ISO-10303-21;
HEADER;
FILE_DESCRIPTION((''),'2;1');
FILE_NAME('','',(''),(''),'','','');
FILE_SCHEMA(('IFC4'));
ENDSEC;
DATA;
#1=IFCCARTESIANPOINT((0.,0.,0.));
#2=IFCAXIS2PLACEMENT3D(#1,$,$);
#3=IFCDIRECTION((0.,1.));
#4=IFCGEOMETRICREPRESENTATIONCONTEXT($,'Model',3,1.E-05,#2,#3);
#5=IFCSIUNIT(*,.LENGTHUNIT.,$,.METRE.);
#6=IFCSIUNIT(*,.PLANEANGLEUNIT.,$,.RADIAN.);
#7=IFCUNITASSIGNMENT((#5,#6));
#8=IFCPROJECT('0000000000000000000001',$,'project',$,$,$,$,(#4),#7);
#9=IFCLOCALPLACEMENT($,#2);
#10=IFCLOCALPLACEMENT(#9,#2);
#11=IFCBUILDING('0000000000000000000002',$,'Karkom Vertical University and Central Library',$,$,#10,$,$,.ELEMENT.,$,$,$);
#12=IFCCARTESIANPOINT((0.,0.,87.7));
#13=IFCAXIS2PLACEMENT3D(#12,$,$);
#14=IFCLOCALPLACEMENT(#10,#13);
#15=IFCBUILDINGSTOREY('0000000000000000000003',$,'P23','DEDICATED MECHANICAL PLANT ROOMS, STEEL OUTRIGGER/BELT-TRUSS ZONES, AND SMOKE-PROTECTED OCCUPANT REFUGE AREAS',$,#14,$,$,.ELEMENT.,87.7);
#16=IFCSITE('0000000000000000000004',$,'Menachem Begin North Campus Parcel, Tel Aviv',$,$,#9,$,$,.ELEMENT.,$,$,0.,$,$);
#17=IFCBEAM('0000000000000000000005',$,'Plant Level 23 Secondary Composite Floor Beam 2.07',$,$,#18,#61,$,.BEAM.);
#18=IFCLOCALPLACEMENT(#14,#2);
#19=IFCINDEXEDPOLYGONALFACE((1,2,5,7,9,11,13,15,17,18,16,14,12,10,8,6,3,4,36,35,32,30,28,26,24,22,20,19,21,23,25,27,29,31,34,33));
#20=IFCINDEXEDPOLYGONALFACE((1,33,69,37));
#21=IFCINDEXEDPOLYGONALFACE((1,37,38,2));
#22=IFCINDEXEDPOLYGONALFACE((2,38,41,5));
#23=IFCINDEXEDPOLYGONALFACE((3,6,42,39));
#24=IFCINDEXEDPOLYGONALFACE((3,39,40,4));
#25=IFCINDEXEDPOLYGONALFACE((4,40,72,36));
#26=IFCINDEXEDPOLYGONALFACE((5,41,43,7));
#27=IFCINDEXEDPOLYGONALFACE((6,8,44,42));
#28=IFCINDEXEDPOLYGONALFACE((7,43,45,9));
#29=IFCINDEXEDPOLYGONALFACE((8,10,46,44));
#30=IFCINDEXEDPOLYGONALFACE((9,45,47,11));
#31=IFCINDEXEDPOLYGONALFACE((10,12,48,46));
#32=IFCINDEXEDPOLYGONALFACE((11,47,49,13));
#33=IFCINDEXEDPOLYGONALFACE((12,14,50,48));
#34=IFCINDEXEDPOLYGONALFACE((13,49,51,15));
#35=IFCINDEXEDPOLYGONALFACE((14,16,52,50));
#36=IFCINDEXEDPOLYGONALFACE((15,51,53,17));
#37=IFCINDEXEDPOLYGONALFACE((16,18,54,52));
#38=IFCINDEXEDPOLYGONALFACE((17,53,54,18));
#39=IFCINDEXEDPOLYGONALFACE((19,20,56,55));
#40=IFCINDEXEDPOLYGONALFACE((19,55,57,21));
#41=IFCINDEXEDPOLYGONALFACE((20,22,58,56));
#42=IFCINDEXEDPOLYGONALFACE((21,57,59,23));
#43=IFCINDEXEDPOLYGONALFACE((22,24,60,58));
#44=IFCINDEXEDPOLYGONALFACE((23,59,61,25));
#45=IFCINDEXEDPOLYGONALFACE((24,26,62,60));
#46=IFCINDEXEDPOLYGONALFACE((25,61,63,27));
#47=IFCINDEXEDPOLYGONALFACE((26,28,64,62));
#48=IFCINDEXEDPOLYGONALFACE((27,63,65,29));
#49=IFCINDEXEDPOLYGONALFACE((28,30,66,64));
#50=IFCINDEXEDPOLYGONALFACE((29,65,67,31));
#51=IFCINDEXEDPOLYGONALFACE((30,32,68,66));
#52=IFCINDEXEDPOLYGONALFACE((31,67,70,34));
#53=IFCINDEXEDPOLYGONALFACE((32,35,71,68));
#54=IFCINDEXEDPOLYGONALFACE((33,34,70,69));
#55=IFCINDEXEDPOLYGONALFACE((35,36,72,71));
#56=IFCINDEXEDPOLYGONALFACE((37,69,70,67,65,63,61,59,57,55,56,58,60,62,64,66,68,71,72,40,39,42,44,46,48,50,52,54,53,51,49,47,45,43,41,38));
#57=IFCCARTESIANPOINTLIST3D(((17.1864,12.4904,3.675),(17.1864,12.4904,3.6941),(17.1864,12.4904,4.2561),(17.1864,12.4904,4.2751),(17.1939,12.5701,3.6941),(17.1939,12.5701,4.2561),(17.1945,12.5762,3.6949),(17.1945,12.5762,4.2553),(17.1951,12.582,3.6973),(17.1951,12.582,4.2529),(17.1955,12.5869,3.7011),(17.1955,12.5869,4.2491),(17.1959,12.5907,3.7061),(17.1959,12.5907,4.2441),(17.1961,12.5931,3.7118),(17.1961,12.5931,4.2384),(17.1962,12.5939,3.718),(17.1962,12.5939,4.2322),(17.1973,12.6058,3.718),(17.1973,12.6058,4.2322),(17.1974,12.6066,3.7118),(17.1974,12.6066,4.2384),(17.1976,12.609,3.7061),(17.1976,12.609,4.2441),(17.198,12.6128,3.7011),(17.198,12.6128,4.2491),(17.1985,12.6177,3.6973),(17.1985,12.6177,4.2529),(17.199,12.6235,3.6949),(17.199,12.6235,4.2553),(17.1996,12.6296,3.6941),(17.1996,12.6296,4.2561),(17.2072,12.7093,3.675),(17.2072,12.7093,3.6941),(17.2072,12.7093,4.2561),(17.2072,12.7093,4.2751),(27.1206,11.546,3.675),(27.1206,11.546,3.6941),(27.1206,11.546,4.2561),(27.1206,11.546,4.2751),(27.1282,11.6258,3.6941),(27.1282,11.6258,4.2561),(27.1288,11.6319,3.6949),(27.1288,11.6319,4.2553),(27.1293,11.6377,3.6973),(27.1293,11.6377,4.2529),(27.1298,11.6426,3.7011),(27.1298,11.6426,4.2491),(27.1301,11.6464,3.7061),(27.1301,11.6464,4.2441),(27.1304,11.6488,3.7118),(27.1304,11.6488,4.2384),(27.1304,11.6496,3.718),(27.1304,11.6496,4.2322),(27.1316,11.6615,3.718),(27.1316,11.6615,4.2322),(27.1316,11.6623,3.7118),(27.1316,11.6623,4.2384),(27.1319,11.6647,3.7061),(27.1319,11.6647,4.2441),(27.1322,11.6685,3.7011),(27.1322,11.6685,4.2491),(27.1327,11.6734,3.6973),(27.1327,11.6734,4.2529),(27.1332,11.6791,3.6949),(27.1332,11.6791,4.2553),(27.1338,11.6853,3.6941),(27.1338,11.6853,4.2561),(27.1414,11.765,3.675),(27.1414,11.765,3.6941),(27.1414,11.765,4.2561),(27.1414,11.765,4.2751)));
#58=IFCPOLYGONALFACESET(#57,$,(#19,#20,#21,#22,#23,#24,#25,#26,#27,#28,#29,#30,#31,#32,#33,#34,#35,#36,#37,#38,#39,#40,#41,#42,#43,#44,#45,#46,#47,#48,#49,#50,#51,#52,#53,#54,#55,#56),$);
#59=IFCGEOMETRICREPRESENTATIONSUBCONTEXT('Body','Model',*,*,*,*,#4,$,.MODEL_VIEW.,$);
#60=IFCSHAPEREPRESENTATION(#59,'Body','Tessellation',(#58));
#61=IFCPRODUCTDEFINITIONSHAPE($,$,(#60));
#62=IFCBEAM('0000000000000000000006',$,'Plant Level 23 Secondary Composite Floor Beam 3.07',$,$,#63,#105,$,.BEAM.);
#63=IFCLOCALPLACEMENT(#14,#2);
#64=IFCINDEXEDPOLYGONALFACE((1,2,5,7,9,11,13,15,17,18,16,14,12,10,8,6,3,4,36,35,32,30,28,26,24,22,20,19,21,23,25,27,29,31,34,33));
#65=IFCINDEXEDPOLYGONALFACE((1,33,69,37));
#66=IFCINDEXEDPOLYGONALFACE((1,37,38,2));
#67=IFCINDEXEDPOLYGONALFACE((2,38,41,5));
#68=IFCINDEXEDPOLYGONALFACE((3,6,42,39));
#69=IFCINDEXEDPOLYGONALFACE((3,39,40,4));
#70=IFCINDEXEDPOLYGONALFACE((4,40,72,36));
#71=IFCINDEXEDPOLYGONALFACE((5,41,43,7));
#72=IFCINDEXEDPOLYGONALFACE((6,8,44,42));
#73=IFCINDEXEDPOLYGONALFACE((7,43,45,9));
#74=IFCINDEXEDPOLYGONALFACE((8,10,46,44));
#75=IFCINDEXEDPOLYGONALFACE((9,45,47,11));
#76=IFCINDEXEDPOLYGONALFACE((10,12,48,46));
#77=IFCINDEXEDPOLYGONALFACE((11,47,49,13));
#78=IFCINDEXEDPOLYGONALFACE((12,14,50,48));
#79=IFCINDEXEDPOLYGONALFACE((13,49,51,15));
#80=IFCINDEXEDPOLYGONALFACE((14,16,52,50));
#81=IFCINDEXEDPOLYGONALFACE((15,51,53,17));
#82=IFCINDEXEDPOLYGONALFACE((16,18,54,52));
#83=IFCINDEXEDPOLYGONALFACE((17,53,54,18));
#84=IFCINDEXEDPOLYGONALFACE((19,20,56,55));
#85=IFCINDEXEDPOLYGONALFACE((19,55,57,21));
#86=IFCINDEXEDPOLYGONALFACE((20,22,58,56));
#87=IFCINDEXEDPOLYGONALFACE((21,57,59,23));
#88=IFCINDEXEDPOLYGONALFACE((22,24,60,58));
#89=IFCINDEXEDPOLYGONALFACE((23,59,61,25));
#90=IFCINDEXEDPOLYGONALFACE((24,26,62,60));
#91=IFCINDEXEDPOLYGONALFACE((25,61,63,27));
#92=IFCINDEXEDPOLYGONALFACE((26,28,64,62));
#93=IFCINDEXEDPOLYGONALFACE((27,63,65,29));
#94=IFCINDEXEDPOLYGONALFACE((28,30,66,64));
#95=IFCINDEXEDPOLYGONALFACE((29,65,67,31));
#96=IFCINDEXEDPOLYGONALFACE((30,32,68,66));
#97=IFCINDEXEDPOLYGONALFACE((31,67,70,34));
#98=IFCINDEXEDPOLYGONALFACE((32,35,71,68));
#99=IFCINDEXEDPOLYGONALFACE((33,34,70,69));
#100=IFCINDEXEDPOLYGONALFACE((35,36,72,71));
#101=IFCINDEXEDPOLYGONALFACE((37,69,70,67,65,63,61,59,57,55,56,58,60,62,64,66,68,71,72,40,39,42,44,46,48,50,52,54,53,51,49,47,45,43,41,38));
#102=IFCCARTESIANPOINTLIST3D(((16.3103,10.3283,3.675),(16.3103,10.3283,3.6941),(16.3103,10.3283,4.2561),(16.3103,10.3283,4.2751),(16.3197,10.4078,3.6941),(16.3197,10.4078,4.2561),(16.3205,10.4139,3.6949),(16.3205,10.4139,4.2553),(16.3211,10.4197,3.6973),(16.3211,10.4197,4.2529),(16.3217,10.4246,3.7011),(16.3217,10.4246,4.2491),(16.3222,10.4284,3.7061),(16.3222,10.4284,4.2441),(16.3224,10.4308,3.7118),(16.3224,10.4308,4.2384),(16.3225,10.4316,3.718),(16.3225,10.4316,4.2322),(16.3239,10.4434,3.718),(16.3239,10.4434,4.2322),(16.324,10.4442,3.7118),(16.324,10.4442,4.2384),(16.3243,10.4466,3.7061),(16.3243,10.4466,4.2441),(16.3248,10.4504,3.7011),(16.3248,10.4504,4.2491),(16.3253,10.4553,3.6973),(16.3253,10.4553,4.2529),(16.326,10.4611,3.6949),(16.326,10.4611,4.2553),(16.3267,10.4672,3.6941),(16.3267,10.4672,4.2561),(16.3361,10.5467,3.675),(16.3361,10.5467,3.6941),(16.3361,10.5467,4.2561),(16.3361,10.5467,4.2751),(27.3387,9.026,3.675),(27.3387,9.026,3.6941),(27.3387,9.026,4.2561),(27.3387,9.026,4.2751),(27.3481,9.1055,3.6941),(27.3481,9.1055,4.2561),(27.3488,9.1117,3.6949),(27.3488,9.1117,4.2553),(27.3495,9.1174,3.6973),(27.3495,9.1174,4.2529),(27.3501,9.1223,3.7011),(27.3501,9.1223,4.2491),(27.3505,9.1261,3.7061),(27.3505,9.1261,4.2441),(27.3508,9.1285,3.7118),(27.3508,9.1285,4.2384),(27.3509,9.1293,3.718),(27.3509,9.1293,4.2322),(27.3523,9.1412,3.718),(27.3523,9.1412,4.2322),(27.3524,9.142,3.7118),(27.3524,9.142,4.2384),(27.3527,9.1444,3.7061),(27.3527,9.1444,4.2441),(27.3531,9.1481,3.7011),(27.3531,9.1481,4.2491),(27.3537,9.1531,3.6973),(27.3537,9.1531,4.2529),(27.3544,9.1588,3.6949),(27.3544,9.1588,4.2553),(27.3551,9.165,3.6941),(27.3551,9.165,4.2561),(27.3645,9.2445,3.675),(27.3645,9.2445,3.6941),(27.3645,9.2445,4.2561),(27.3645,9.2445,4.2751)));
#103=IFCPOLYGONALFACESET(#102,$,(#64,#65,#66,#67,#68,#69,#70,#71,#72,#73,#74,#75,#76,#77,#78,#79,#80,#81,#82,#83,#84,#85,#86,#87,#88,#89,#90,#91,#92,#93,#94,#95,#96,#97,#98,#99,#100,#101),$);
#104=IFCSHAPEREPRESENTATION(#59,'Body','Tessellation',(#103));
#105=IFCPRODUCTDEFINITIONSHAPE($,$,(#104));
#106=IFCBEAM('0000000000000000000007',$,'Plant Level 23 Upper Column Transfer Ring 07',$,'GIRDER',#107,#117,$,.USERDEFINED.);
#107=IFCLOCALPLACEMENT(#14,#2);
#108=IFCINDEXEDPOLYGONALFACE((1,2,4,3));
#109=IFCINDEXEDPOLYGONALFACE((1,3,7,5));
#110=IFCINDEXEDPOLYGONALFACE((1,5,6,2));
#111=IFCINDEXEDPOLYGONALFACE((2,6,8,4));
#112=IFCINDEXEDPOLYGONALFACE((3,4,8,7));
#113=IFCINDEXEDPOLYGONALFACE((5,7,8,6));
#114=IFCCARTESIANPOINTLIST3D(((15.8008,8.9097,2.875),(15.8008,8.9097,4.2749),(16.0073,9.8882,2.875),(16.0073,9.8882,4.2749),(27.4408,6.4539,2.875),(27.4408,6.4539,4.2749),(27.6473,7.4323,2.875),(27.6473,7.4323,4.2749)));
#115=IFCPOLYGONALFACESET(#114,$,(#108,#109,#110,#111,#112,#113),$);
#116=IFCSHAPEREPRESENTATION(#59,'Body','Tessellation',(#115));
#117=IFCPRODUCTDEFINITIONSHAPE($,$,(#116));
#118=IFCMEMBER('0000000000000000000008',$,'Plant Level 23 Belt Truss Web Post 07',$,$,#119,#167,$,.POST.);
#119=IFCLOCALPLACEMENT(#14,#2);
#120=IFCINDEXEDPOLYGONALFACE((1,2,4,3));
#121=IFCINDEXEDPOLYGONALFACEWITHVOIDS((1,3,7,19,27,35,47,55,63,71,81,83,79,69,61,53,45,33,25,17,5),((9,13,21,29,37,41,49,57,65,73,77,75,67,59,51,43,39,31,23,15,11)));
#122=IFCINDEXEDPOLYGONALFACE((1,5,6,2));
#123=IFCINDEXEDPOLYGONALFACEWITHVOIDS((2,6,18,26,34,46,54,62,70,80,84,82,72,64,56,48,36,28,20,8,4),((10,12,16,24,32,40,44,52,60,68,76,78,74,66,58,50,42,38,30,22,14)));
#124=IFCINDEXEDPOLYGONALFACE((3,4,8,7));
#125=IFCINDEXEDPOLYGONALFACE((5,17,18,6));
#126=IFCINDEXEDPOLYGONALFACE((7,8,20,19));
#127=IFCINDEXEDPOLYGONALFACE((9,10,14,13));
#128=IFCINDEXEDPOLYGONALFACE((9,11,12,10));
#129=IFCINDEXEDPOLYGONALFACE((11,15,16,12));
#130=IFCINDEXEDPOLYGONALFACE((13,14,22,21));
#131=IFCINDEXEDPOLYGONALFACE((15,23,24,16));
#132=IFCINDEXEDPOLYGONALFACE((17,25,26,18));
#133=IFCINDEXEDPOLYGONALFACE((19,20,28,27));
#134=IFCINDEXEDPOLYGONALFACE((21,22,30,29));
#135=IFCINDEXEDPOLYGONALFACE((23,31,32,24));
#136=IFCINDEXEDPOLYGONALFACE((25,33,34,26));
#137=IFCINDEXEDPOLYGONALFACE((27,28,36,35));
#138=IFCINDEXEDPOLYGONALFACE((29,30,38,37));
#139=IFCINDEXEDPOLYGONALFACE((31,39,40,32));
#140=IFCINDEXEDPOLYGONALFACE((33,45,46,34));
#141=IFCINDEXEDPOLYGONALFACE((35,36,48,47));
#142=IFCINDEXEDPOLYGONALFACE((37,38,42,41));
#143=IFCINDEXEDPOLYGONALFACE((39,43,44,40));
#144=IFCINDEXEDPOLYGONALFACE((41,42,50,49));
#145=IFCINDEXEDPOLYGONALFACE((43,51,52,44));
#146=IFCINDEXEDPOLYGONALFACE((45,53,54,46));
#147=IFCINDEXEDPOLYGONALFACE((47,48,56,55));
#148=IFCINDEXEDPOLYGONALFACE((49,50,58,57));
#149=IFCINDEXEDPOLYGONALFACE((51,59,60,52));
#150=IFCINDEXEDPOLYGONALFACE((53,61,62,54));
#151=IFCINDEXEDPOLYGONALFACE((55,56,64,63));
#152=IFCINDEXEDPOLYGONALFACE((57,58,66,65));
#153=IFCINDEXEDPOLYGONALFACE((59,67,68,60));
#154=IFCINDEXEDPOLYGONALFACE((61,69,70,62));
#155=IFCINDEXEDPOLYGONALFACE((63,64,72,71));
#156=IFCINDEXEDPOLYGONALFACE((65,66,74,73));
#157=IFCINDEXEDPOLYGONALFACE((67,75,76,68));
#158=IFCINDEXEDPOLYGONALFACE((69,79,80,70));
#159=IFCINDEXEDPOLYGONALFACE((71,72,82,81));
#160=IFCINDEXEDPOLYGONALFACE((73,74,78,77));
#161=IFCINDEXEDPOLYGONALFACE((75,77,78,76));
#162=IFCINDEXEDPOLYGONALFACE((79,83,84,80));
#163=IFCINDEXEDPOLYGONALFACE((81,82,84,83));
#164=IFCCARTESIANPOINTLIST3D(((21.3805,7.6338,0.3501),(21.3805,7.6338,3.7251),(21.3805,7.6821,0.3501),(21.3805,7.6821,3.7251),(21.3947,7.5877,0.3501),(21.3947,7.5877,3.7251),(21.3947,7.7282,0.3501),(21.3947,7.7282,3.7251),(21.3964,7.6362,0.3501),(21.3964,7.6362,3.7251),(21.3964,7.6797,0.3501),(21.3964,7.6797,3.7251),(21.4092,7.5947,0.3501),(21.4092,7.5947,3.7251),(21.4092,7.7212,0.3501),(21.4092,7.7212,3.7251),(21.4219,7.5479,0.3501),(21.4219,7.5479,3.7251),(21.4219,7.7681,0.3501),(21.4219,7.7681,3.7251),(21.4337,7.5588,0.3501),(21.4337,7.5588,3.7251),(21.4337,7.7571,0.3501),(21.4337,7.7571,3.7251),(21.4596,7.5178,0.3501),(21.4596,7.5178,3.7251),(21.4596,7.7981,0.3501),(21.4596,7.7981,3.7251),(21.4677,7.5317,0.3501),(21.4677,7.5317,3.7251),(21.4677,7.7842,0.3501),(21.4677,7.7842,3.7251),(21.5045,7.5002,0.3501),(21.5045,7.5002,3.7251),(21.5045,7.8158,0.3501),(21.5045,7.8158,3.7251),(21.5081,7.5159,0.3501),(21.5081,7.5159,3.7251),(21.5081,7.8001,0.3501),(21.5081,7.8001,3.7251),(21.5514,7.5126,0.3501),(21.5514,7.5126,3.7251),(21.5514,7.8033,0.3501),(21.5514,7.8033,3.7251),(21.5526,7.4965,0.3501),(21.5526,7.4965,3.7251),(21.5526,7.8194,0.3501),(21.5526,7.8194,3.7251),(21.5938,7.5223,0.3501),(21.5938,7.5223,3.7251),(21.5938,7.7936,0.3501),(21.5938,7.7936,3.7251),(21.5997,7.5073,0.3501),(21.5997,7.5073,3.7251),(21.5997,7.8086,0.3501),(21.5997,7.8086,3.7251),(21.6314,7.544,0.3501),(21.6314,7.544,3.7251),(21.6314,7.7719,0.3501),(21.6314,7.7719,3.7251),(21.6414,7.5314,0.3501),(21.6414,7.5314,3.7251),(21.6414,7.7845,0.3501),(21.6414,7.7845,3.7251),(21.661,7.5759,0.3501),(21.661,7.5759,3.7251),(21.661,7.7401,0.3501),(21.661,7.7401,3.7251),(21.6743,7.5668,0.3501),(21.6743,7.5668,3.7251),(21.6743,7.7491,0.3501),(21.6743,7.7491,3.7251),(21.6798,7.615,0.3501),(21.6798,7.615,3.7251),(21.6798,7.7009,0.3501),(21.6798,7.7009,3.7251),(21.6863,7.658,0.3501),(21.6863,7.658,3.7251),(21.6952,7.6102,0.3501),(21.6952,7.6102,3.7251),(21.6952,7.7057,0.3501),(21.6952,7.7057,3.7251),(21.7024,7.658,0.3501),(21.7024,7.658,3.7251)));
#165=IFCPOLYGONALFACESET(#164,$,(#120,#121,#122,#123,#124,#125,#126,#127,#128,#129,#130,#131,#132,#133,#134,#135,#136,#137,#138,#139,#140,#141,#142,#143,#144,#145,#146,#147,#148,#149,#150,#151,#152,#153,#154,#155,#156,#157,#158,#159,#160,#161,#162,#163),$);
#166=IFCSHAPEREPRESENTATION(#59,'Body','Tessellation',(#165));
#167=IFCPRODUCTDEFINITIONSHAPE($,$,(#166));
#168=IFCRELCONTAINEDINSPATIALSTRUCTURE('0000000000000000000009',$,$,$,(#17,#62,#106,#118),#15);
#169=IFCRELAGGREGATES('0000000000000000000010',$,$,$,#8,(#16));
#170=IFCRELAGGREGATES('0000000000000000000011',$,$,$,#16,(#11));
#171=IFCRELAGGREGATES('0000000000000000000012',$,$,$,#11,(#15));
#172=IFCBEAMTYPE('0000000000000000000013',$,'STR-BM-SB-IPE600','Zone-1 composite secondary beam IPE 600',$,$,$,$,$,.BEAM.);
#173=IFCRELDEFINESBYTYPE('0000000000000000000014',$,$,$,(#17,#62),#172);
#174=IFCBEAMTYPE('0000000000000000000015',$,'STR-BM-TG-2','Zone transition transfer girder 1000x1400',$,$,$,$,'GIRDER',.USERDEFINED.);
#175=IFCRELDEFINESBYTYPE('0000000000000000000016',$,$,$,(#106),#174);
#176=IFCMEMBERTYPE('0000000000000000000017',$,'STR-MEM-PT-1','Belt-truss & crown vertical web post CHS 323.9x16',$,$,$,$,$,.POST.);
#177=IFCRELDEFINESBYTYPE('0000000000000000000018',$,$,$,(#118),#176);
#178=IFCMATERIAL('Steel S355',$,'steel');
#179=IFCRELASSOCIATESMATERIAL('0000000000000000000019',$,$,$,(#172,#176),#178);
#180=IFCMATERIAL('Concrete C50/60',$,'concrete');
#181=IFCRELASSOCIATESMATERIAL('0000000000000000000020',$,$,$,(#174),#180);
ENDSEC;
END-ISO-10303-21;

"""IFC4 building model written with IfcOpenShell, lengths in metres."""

from ifc_helpers import new_model, si_unit, direction, frame, origin, origin_with_axes, origin_2d, place, context, subcontext, project, spatial, rectangle, hollow_circle, i_section, extrude, source, transform, mapped, material, material_profile, profile_set, type_object, element, save


model = new_model("IFC4")

# Units and contexts
model_context = context("Model", 3, precision=1e-05, world=origin(), true_north=direction((0.0, 1.0)))
body_context = subcontext(model_context, "Body", "Model", "MODEL_VIEW")
ifc_project = project(units=[si_unit("LENGTHUNIT", "METRE"), si_unit("PLANEANGLEUNIT", "RADIAN")], contexts=[model_context])

# Site, building, storey
site_placement = place(None, origin())
site = spatial("IfcSite", under=ifc_project, at=site_placement, Name="Menachem Begin North Campus Parcel, Tel Aviv", CompositionType="ELEMENT", RefElevation=0.0)
building_placement = place(site_placement, origin())
building = spatial("IfcBuilding", under=site, at=building_placement, Name="Karkom Vertical University and Central Library", CompositionType="ELEMENT")
storey_placement = place(building_placement, frame((0.0, 0.0, 87.7)))
storey = spatial("IfcBuildingStorey", under=building, at=storey_placement, Name="P23", Description="DEDICATED MECHANICAL PLANT ROOMS, STEEL OUTRIGGER/BELT-TRUSS ZONES, AND SMOKE-PROTECTED OCCUPANT REFUGE AREAS", CompositionType="ELEMENT", Elevation=87.7)

# Shared definitions
ifc_material_1 = material(Name="Concrete C50/60", Category="concrete")

# Beams
ifc_material_2 = material(Name="Steel S355", Category="steel")
ifc_material_profile_1 = material_profile(ifc_material_2, i_section(OverallWidth=0.22, OverallDepth=0.6001, WebThickness=0.012, FlangeThickness=0.019, FilletRadius=0.0239, at=origin_2d()), Name="IPE 600")
ifc_profile_set_1 = profile_set([ifc_material_profile_1], Name="Steel S355")
beam_type_1 = type_object("IfcBeamType", Name="STR-BM-SB-IPE600", Description="Zone-1 composite secondary beam IPE 600", PredefinedType="BEAM", material=ifc_profile_set_1)
shared_shape_1 = source(origin_with_axes(), body_context, "Body", "SweptSolid", [
    extrude(i_section(OverallWidth=0.22, OverallDepth=0.6001, WebThickness=0.012, FlangeThickness=0.019, FilletRadius=0.0239, at=origin_2d()), origin(), (0.0, 0.0, 1.0), 9.979),
])
beam_1_placement = place(storey_placement, frame((17.1968, 12.5999, 3.9751), z_axis=(0.995512, -0.094631, 0.0), x_axis=(0.094631, 0.995512, 0.0)))
element("IfcBeam", 1, at=beam_1_placement, inside=storey, type_object=beam_type_1, Name="Plant Level 23 Secondary Composite Floor Beam 2.07", PredefinedType="BEAM", context=body_context, shape_type="MappedRepresentation", body=[
    mapped(shared_shape_1, transform((0.0, 0.0, 0.0), scale=1.0)),
])
shared_shape_2 = source(origin_with_axes(), body_context, "Body", "SweptSolid", [
    extrude(i_section(OverallWidth=0.22, OverallDepth=0.6001, WebThickness=0.012, FlangeThickness=0.019, FilletRadius=0.0239, at=origin_2d()), origin(), (0.0, 0.0, 1.0), 11.105),
])
beam_2_placement = place(storey_placement, frame((16.3232, 10.4375, 3.9751), z_axis=(0.9931, -0.117267, 0.0), x_axis=(0.117267, 0.9931, 0.0)))
element("IfcBeam", 2, at=beam_2_placement, inside=storey, type_object=beam_type_1, Name="Plant Level 23 Secondary Composite Floor Beam 3.07", PredefinedType="BEAM", context=body_context, shape_type="MappedRepresentation", body=[
    mapped(shared_shape_2, transform((0.0, 0.0, 0.0), scale=1.0)),
])
ifc_material_profile_2 = material_profile(ifc_material_1, rectangle(XDim=1.0, YDim=1.3999, at=origin_2d()), Name="TG-1000x1400")
ifc_profile_set_2 = profile_set([ifc_material_profile_2], Name="Concrete C50/60")
beam_type_2 = type_object("IfcBeamType", Name="STR-BM-TG-2", Description="Zone transition transfer girder 1000x1400", ElementType="GIRDER", PredefinedType="USERDEFINED", material=ifc_profile_set_2)
shared_shape_3 = source(origin_with_axes(), body_context, "Body", "SweptSolid", [
    extrude(rectangle(XDim=1.0, YDim=1.3999, at=origin_2d()), origin(), (0.0, 0.0, 1.0), 11.8962),
])
beam_3_placement = place(storey_placement, frame((15.9041, 9.3989, 3.575), z_axis=(0.97846, -0.206438, 0.0), x_axis=(0.206438, 0.97846, 0.0)))
element("IfcBeam", 3, at=beam_3_placement, inside=storey, type_object=beam_type_2, Name="Plant Level 23 Upper Column Transfer Ring 07", ObjectType="GIRDER", PredefinedType="USERDEFINED", context=body_context, shape_type="MappedRepresentation", body=[
    mapped(shared_shape_3, transform((0.0, 0.0, 0.0), scale=1.0)),
])

# Member
ifc_material_profile_3 = material_profile(ifc_material_2, hollow_circle(Radius=0.1619, WallThickness=0.0161, at=origin_2d()), Name="CHS 323.9x16")
ifc_profile_set_3 = profile_set([ifc_material_profile_3], Name="Steel S355")
member_type_1 = type_object("IfcMemberType", Name="STR-MEM-PT-1", Description="Belt-truss & crown vertical web post CHS 323.9x16", PredefinedType="POST", material=ifc_profile_set_3)
shared_shape_4 = source(origin_with_axes(), body_context, "Body", "SweptSolid", [
    extrude(hollow_circle(Radius=0.1619, WallThickness=0.0161, at=origin_2d()), origin(), (0.0, 0.0, 1.0), 3.375),
])
member_1_placement = place(storey_placement, frame((21.5405, 7.658, 0.3501), z_axis=(0.0, 0.0, 1.0), x_axis=(1.0, 0.0, 0.0)))
element("IfcMember", 4, at=member_1_placement, inside=storey, type_object=member_type_1, Name="Plant Level 23 Belt Truss Web Post 07", PredefinedType="POST", context=body_context, shape_type="MappedRepresentation", body=[
    mapped(shared_shape_4, transform((0.0, 0.0, 0.0), scale=1.0)),
])

save(model, "model.ifc")
